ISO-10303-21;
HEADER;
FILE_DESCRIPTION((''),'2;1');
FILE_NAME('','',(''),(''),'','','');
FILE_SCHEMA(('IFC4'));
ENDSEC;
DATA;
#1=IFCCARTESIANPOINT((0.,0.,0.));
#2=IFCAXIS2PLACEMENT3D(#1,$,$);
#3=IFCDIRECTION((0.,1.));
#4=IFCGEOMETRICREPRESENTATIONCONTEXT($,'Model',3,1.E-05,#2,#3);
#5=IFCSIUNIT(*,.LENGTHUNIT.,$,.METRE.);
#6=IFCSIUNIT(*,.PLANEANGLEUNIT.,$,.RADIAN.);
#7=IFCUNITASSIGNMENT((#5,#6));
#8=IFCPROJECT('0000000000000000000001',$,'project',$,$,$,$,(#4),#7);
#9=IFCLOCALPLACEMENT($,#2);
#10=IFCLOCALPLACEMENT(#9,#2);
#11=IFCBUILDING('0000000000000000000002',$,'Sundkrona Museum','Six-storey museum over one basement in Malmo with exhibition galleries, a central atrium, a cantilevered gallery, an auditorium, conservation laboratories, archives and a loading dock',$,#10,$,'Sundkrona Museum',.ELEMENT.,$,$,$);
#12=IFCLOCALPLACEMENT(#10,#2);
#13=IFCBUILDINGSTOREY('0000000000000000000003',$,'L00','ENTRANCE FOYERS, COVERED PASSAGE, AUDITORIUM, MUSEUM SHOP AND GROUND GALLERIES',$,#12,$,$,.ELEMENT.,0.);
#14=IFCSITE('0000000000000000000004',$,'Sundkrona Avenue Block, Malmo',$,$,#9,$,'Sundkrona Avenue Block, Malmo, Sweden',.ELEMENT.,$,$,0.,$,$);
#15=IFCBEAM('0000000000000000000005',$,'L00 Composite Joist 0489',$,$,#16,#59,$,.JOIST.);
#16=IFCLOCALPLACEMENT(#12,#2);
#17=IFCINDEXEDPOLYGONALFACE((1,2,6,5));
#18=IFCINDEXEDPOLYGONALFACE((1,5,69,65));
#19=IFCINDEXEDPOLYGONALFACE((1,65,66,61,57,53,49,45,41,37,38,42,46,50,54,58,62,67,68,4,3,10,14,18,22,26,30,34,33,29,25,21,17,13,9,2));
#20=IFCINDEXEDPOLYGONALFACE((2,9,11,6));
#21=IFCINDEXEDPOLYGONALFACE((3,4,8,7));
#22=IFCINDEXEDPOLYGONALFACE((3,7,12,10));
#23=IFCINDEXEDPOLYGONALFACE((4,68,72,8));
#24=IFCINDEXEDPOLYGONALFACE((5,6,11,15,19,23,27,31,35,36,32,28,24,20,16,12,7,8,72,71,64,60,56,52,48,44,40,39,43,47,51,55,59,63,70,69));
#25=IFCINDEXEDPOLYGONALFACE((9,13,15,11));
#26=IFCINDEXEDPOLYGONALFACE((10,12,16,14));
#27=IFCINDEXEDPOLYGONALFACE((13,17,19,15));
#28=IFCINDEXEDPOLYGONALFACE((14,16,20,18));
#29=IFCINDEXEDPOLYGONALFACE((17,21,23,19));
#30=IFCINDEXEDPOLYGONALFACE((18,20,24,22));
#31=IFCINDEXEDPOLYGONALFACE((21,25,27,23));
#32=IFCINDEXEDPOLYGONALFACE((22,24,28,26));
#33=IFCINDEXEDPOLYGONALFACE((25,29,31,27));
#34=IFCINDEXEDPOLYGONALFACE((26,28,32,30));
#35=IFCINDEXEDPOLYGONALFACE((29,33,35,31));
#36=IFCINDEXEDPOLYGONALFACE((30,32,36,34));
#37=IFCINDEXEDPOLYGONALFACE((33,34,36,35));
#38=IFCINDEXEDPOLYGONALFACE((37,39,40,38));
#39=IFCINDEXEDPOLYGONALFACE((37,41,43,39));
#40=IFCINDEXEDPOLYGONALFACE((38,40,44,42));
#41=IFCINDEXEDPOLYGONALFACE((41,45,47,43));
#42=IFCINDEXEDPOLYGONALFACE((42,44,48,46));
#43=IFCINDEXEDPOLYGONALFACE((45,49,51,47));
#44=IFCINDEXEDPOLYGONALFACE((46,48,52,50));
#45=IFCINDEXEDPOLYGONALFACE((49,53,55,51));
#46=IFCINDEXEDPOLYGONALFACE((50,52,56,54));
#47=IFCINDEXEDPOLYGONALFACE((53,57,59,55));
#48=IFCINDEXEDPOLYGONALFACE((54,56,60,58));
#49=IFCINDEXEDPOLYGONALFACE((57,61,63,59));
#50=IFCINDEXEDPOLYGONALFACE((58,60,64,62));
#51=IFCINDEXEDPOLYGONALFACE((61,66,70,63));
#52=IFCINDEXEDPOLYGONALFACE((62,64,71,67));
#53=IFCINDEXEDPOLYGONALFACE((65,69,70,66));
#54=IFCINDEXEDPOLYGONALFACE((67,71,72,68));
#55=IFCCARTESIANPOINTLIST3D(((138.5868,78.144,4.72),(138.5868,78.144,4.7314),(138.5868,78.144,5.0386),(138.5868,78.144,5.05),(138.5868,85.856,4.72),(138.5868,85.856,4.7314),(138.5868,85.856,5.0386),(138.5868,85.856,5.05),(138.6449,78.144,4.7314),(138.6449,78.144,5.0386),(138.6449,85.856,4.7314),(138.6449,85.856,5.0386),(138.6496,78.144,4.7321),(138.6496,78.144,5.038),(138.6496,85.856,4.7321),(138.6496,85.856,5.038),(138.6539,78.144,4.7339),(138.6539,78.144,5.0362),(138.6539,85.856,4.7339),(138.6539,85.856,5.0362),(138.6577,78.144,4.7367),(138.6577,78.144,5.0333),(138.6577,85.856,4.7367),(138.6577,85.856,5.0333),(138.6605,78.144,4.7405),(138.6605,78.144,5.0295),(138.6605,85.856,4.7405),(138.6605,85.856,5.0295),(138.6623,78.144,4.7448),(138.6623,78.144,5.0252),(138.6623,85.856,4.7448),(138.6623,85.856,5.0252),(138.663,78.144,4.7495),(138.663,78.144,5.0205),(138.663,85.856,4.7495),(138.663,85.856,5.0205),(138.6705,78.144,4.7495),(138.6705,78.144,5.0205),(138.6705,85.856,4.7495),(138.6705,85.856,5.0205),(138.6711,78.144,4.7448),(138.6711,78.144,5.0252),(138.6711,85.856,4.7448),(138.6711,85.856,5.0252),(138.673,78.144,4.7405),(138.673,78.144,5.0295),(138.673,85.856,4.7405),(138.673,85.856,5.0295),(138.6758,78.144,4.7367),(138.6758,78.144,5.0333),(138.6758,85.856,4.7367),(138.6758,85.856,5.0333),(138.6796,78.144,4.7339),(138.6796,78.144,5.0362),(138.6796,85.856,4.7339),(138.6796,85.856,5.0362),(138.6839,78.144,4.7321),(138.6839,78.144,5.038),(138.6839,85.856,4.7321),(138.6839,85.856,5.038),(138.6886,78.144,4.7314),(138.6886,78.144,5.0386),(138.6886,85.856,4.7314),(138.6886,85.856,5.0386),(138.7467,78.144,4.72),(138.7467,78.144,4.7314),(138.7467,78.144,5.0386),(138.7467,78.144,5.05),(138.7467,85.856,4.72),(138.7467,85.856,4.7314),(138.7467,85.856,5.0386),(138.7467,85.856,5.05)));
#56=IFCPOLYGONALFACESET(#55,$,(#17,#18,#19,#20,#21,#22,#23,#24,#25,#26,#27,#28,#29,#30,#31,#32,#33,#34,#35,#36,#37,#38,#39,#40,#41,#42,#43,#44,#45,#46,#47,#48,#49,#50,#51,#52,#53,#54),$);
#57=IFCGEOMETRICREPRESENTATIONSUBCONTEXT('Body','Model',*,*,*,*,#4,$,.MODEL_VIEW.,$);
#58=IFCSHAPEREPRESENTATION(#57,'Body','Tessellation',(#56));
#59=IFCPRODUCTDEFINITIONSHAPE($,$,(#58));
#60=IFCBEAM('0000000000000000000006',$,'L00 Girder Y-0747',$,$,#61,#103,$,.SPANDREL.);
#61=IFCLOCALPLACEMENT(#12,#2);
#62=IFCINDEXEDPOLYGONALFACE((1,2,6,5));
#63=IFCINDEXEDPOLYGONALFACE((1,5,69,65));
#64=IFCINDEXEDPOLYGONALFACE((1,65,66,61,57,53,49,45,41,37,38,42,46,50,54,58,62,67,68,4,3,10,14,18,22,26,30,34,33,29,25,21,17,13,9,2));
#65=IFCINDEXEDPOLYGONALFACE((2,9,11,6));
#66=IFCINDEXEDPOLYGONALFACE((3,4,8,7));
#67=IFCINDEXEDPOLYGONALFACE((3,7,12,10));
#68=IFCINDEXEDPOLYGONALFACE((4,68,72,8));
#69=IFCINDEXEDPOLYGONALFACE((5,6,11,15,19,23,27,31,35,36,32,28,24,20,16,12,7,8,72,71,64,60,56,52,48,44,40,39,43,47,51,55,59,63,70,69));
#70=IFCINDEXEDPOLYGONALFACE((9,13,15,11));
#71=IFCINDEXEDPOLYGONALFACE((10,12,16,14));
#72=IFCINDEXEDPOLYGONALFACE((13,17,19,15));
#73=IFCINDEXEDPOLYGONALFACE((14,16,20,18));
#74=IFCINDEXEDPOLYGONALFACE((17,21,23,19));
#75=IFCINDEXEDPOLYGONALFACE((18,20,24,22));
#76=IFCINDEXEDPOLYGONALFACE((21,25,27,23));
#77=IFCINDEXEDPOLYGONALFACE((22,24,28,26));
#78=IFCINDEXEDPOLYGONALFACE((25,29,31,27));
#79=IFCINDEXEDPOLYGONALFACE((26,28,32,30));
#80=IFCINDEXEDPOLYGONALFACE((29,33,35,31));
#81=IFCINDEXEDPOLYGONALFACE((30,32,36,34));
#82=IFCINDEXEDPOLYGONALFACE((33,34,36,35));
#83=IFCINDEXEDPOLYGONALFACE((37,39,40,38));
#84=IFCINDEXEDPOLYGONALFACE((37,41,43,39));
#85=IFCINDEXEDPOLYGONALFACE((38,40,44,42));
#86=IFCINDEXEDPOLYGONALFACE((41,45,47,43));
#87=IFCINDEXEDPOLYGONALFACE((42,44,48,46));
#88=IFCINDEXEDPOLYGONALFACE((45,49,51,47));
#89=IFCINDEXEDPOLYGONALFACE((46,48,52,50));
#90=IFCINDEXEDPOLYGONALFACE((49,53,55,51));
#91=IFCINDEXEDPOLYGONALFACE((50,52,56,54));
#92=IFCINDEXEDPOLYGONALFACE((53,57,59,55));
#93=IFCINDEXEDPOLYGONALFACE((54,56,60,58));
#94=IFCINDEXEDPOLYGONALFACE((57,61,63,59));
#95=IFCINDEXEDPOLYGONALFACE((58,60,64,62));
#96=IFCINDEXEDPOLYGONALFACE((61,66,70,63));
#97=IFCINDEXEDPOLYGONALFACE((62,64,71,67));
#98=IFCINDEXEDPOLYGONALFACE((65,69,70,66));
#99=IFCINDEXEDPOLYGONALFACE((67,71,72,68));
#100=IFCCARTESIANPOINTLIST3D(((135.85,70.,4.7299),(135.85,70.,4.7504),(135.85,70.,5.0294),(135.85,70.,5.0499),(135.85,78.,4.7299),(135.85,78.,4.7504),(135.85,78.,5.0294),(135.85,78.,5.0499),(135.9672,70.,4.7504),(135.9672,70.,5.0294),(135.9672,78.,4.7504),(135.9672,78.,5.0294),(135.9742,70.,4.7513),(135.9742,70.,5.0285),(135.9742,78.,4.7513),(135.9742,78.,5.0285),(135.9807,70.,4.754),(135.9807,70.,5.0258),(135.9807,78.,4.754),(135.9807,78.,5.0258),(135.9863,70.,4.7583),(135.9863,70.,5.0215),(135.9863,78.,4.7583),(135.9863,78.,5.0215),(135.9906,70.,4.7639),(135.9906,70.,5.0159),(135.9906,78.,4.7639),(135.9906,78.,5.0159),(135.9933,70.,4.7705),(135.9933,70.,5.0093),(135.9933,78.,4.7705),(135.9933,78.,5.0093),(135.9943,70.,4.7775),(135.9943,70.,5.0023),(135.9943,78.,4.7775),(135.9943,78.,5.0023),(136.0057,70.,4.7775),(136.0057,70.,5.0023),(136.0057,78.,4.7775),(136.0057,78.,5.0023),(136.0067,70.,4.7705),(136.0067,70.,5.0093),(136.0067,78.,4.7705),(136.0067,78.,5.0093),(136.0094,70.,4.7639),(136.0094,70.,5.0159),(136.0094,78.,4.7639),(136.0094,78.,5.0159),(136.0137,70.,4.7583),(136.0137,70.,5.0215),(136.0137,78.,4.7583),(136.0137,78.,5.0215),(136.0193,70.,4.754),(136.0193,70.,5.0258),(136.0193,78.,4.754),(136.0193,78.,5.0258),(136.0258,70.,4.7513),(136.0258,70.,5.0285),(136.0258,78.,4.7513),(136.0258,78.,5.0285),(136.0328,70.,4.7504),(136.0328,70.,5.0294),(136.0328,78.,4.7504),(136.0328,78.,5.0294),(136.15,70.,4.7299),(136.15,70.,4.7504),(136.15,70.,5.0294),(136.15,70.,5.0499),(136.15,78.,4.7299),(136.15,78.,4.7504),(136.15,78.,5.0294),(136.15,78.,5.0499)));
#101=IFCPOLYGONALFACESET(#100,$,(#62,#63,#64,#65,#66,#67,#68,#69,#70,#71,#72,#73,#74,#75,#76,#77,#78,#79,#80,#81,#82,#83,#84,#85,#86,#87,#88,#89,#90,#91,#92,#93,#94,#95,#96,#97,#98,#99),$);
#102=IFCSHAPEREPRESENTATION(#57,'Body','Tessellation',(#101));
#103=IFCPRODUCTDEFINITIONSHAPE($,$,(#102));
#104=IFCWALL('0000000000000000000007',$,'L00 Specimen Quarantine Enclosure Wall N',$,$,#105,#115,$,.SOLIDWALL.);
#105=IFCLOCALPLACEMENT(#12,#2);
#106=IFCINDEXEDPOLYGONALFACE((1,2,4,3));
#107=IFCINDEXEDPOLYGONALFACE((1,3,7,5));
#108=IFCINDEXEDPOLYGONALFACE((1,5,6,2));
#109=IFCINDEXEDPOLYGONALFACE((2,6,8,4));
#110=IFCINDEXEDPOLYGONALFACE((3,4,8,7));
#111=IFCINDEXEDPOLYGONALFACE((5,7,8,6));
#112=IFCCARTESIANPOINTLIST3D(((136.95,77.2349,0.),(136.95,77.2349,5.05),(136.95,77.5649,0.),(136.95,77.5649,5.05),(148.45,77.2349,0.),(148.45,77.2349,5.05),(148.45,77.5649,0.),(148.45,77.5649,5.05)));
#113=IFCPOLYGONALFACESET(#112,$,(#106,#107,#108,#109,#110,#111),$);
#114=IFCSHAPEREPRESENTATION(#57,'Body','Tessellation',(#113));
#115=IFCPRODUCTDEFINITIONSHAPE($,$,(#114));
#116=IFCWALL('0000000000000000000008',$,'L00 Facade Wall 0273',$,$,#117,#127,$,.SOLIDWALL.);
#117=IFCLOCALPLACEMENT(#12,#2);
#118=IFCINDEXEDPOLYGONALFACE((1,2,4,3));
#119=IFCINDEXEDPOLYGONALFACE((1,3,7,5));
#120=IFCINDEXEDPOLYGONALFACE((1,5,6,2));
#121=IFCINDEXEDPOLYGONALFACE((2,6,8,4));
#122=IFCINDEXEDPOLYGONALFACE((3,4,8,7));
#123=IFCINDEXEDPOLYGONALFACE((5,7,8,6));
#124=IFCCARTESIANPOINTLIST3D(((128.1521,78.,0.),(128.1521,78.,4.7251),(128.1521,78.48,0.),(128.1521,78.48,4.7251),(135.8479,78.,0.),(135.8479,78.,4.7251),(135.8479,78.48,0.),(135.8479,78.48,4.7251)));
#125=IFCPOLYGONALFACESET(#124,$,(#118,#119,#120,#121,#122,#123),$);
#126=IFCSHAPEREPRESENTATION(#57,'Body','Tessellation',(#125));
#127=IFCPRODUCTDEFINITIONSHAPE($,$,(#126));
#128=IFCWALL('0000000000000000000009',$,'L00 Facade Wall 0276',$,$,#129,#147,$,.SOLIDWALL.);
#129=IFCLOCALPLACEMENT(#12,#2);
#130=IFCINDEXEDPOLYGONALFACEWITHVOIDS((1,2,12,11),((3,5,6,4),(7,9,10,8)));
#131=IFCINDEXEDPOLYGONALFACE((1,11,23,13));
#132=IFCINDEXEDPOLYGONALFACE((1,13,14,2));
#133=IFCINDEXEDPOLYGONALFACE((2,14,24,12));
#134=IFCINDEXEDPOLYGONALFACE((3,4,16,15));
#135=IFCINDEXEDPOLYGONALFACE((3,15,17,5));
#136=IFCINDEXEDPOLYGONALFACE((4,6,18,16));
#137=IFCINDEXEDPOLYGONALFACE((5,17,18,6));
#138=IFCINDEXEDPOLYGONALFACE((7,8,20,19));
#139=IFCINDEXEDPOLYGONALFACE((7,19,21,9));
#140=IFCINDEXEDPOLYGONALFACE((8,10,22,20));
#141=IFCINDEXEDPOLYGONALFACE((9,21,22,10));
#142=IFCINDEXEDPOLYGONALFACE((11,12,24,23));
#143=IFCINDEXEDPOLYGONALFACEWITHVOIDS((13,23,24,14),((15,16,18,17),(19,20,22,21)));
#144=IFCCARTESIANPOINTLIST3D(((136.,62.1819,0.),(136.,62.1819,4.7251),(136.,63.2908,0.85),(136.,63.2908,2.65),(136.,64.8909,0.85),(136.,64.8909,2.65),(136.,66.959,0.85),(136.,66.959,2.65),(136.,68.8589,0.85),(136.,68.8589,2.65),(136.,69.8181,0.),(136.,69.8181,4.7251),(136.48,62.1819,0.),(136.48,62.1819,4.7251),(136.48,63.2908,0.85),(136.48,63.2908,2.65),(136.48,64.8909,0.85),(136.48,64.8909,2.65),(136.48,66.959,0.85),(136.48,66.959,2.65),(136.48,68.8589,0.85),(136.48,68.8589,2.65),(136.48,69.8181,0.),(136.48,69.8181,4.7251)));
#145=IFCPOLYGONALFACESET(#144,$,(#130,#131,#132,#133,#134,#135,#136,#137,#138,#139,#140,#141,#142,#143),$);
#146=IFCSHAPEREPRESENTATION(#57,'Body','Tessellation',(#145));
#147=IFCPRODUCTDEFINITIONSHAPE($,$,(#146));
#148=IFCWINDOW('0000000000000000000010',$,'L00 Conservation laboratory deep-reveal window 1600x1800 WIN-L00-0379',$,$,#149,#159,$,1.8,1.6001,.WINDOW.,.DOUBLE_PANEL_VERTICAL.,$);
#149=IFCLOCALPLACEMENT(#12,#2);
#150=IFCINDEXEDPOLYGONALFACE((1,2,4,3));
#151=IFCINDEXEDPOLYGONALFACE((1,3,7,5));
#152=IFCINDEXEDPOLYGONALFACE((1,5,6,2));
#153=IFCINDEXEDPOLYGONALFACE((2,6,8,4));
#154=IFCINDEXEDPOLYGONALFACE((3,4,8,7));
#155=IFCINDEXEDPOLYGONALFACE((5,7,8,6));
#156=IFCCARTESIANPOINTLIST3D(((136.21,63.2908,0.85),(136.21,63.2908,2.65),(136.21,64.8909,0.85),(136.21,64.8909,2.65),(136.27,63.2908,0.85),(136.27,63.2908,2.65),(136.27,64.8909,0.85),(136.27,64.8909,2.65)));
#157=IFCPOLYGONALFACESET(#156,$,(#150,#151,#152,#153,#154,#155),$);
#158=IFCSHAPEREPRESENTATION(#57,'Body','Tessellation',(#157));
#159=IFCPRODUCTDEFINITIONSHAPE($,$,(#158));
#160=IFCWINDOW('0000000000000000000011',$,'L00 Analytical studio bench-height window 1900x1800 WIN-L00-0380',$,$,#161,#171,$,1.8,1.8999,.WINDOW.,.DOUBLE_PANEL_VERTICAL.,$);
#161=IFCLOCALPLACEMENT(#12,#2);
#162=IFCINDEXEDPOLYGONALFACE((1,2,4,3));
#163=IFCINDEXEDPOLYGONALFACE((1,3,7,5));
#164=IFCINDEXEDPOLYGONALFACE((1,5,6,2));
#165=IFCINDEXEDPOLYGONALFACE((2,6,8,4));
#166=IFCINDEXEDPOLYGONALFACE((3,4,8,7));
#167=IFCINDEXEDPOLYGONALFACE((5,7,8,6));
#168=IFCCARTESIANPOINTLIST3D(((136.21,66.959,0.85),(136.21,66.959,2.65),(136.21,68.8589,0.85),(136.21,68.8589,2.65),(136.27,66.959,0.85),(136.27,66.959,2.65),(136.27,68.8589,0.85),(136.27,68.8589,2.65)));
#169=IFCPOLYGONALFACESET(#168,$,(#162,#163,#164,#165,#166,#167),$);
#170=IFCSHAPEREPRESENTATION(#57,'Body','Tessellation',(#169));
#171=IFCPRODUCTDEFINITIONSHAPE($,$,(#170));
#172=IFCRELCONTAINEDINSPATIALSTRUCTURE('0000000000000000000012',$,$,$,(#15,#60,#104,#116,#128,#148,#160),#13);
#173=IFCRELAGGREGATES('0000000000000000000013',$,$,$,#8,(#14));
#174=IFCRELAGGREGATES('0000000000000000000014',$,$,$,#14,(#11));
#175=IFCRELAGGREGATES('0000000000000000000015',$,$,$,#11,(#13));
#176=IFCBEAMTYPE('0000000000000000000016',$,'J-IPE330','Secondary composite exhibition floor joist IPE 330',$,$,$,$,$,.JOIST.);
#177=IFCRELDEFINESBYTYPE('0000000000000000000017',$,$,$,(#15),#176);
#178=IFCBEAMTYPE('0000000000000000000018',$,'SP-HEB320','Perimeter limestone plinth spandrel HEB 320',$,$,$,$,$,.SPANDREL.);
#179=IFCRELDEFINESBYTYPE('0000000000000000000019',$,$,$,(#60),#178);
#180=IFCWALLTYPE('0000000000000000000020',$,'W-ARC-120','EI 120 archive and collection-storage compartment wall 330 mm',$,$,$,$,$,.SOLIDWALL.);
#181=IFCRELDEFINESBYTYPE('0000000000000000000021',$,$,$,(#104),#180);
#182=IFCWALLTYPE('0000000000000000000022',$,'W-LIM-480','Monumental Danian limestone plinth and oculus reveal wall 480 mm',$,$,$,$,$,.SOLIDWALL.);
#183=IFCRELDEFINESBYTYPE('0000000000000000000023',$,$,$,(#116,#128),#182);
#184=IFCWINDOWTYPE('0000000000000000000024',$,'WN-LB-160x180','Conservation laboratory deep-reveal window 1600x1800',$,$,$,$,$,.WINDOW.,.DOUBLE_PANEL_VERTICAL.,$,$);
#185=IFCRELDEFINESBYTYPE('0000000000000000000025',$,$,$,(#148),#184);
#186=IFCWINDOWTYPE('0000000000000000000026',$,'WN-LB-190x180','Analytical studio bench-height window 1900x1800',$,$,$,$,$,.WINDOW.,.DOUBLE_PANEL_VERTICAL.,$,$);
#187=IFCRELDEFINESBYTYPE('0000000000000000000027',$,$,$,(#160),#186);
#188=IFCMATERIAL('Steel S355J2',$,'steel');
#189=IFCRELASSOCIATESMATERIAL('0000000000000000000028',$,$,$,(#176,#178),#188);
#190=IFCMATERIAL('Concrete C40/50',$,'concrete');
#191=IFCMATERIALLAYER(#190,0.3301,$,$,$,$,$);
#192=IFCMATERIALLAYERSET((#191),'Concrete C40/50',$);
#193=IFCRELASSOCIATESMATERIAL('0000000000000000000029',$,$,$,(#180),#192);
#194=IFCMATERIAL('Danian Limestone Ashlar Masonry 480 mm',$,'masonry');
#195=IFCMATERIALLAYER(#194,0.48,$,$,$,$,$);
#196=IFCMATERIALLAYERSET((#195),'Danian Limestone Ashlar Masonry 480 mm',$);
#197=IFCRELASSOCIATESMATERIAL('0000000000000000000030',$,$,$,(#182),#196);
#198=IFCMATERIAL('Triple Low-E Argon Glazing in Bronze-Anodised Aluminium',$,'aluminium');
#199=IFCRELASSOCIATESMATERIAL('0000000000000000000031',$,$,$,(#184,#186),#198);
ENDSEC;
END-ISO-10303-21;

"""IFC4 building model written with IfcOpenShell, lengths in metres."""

from ifc_helpers import new_model, si_unit, direction, frame, frame_2d, origin, origin_2d, place, context, subcontext, project, spatial, rectangle, i_section, extrude, material, layer, layer_set, material_profile, profile_set, type_object, element, fill, save


model = new_model("IFC4")

# Units and contexts
model_context = context("Model", 3, precision=1e-05, world=origin(), true_north=direction((0.0, 1.0)))
body_context = subcontext(model_context, "Body", "Model", "MODEL_VIEW")
ifc_project = project(units=[si_unit("LENGTHUNIT", "METRE"), si_unit("PLANEANGLEUNIT", "RADIAN")], contexts=[model_context])

# Site, building, storey
site_placement = place(None, origin())
site = spatial("IfcSite", under=ifc_project, at=site_placement, Name="Sundkrona Avenue Block, Malmo", LongName="Sundkrona Avenue Block, Malmo, Sweden", CompositionType="ELEMENT", RefElevation=0.0)
building_placement = place(site_placement, origin())
building = spatial("IfcBuilding", under=site, at=building_placement, Name="Sundkrona Museum", Description="Six-storey museum over one basement in Malmo with exhibition galleries, a central atrium, a cantilevered gallery, an auditorium, conservation laboratories, archives and a loading dock", LongName="Sundkrona Museum", CompositionType="ELEMENT")
storey_placement = place(building_placement, origin())
storey = spatial("IfcBuildingStorey", under=building, at=storey_placement, Name="L00", Description="ENTRANCE FOYERS, COVERED PASSAGE, AUDITORIUM, MUSEUM SHOP AND GROUND GALLERIES", CompositionType="ELEMENT", Elevation=0.0)

# Shared definitions
ifc_material_1 = material(Name="Steel S355J2", Category="steel")

# Beams
ifc_material_profile_1 = material_profile(ifc_material_1, i_section(OverallWidth=0.1599, OverallDepth=0.3301, WebThickness=0.0076, FlangeThickness=0.0115, FilletRadius=0.0181, at=origin_2d()), Name="IPE 330")
ifc_profile_set_1 = profile_set([ifc_material_profile_1], Name="Steel S355J2")
beam_type_1 = type_object("IfcBeamType", Name="J-IPE330", Description="Secondary composite exhibition floor joist IPE 330", PredefinedType="JOIST", material=ifc_profile_set_1)
for number, where, z_axis, x_axis, name in (
    (1, (138.6667, 78.144, 4.885), (0.0, 1.0, 0.0), (-1.0, 0.0, 0.0), "L00 Composite Joist 0489"),
):
    element("IfcBeam", number, at=place(storey_placement, frame(where, z_axis=z_axis, x_axis=x_axis)), inside=storey, type_object=beam_type_1, Name=name, PredefinedType="JOIST", context=body_context, shape_type="SweptSolid", body=[
        extrude(i_section(OverallWidth=0.1599, OverallDepth=0.3301, WebThickness=0.0076, FlangeThickness=0.0115, FilletRadius=0.0181, at=origin_2d()), origin(), (0.0, 0.0, 1.0), 7.7119),
    ])
ifc_material_profile_2 = material_profile(ifc_material_1, i_section(OverallWidth=0.3, OverallDepth=0.3201, WebThickness=0.0115, FlangeThickness=0.0205, FilletRadius=0.0271, at=origin_2d()), Name="HEB 320")
ifc_profile_set_2 = profile_set([ifc_material_profile_2], Name="Steel S355J2")
beam_type_2 = type_object("IfcBeamType", Name="SP-HEB320", Description="Perimeter limestone plinth spandrel HEB 320", PredefinedType="SPANDREL", material=ifc_profile_set_2)
beam_1_placement = place(storey_placement, frame((136.0, 70.0, 4.8899), z_axis=(0.0, 1.0, 0.0), x_axis=(-1.0, 0.0, 0.0)))
element("IfcBeam", 2, at=beam_1_placement, inside=storey, type_object=beam_type_2, Name="L00 Girder Y-0747", PredefinedType="SPANDREL", context=body_context, shape_type="SweptSolid", body=[
    extrude(i_section(OverallWidth=0.3, OverallDepth=0.3201, WebThickness=0.0115, FlangeThickness=0.0205, FilletRadius=0.0271, at=origin_2d()), origin(), (0.0, 0.0, 1.0), 8.0),
])

# Walls
ifc_material_2 = material(Name="Concrete C40/50", Category="concrete")
ifc_layer_1 = layer(ifc_material_2, 0.3301)
ifc_layer_set_1 = layer_set([ifc_layer_1], Name="Concrete C40/50")
wall_type_1 = type_object("IfcWallType", Name="W-ARC-120", Description="EI 120 archive and collection-storage compartment wall 330 mm", PredefinedType="SOLIDWALL", material=ifc_layer_set_1)
wall_1_placement = place(storey_placement, frame((136.95, 77.3999, 0.0), z_axis=(0.0, 0.0, 1.0), x_axis=(1.0, 0.0, 0.0)))
element("IfcWall", 3, at=wall_1_placement, inside=storey, type_object=wall_type_1, Name="L00 Specimen Quarantine Enclosure Wall N", PredefinedType="SOLIDWALL", context=body_context, shape_type="SweptSolid", body=[
    extrude(rectangle(XDim=11.5, YDim=0.3301, at=frame_2d((5.75, 0.0))), origin(), (0.0, 0.0, 1.0), 5.05),
])
ifc_material_3 = material(Name="Danian Limestone Ashlar Masonry 480 mm", Category="masonry")
ifc_layer_2 = layer(ifc_material_3, 0.48)
ifc_layer_set_2 = layer_set([ifc_layer_2], Name="Danian Limestone Ashlar Masonry 480 mm")
wall_type_2 = type_object("IfcWallType", Name="W-LIM-480", Description="Monumental Danian limestone plinth and oculus reveal wall 480 mm", PredefinedType="SOLIDWALL", material=ifc_layer_set_2)
wall_2_placement = place(storey_placement, frame((135.8479, 78.24, 0.0), z_axis=(0.0, 0.0, 1.0), x_axis=(-1.0, 0.0, 0.0)))
element("IfcWall", 4, at=wall_2_placement, inside=storey, type_object=wall_type_2, Name="L00 Facade Wall 0273", PredefinedType="SOLIDWALL", context=body_context, shape_type="SweptSolid", body=[
    extrude(rectangle(XDim=7.6958, YDim=0.48, at=frame_2d((3.8479, 0.0))), origin(), (0.0, 0.0, 1.0), 4.7251),
])

# Wall, openings, windows
wall_3_placement = place(storey_placement, frame((136.24, 62.1819, 0.0), z_axis=(0.0, 0.0, 1.0), x_axis=(0.0, 1.0, 0.0)))
wall_3 = element("IfcWall", 5, at=wall_3_placement, inside=storey, type_object=wall_type_2, Name="L00 Facade Wall 0276", PredefinedType="SOLIDWALL", context=body_context, shape_type="SweptSolid", body=[
    extrude(rectangle(XDim=7.6362, YDim=0.48, at=frame_2d((3.8181, 0.0))), origin(), (0.0, 0.0, 1.0), 4.7251),
])
opening_1_placement = place(wall_3_placement, frame((1.1089, 0.0, 0.8501)))
opening_1 = element("IfcOpeningElement", 6, at=opening_1_placement, cuts=wall_3, PredefinedType="OPENING", context=body_context, shape_type="SweptSolid", body=[
    extrude(rectangle(XDim=1.6001, YDim=1.8, at=frame_2d((0.8, 0.8999))), frame((0.0, 0.25, 0.0), z_axis=(0.0, -1.0, 0.0), x_axis=(1.0, 0.0, 0.0)), (0.0, 0.0, 1.0), 0.5),
])
opening_2_placement = place(wall_3_placement, frame((4.7771, 0.0, 0.8501)))
opening_2 = element("IfcOpeningElement", 7, at=opening_2_placement, cuts=wall_3, PredefinedType="OPENING", context=body_context, shape_type="SweptSolid", body=[
    extrude(rectangle(XDim=1.8999, YDim=1.8, at=frame_2d((0.95, 0.8999))), frame((0.0, 0.25, 0.0), z_axis=(0.0, -1.0, 0.0), x_axis=(1.0, 0.0, 0.0)), (0.0, 0.0, 1.0), 0.5),
])
ifc_material_4 = material(Name="Triple Low-E Argon Glazing in Bronze-Anodised Aluminium", Category="aluminium")
window_type_1 = type_object("IfcWindowType", Name="WN-LB-160x180", Description="Conservation laboratory deep-reveal window 1600x1800", PartitioningType="DOUBLE_PANEL_VERTICAL", PredefinedType="WINDOW", material=ifc_material_4)
window_1_placement = place(opening_1_placement, origin())
window_1 = element("IfcWindow", 8, at=window_1_placement, inside=storey, type_object=window_type_1, Name="L00 Conservation laboratory deep-reveal window 1600x1800 WIN-L00-0379", OverallHeight=1.8, OverallWidth=1.6001, PartitioningType="DOUBLE_PANEL_VERTICAL", PredefinedType="WINDOW", context=body_context, shape_type="SweptSolid", body=[
    extrude(rectangle(XDim=1.6001, YDim=1.8, at=frame_2d((0.8, 0.8999))), frame((0.0, 0.03, 0.0), z_axis=(0.0, -1.0, 0.0), x_axis=(1.0, 0.0, 0.0)), (0.0, 0.0, 1.0), 0.0601),
])
fill(opening_1, window_1)
window_type_2 = type_object("IfcWindowType", Name="WN-LB-190x180", Description="Analytical studio bench-height window 1900x1800", PartitioningType="DOUBLE_PANEL_VERTICAL", PredefinedType="WINDOW", material=ifc_material_4)
window_2_placement = place(opening_2_placement, origin())
window_2 = element("IfcWindow", 9, at=window_2_placement, inside=storey, type_object=window_type_2, Name="L00 Analytical studio bench-height window 1900x1800 WIN-L00-0380", OverallHeight=1.8, OverallWidth=1.8999, PartitioningType="DOUBLE_PANEL_VERTICAL", PredefinedType="WINDOW", context=body_context, shape_type="SweptSolid", body=[
    extrude(rectangle(XDim=1.8999, YDim=1.8, at=frame_2d((0.95, 0.8999))), frame((0.0, 0.03, 0.0), z_axis=(0.0, -1.0, 0.0), x_axis=(1.0, 0.0, 0.0)), (0.0, 0.0, 1.0), 0.0601),
])
fill(opening_2, window_2)

save(model, "model.ifc")
